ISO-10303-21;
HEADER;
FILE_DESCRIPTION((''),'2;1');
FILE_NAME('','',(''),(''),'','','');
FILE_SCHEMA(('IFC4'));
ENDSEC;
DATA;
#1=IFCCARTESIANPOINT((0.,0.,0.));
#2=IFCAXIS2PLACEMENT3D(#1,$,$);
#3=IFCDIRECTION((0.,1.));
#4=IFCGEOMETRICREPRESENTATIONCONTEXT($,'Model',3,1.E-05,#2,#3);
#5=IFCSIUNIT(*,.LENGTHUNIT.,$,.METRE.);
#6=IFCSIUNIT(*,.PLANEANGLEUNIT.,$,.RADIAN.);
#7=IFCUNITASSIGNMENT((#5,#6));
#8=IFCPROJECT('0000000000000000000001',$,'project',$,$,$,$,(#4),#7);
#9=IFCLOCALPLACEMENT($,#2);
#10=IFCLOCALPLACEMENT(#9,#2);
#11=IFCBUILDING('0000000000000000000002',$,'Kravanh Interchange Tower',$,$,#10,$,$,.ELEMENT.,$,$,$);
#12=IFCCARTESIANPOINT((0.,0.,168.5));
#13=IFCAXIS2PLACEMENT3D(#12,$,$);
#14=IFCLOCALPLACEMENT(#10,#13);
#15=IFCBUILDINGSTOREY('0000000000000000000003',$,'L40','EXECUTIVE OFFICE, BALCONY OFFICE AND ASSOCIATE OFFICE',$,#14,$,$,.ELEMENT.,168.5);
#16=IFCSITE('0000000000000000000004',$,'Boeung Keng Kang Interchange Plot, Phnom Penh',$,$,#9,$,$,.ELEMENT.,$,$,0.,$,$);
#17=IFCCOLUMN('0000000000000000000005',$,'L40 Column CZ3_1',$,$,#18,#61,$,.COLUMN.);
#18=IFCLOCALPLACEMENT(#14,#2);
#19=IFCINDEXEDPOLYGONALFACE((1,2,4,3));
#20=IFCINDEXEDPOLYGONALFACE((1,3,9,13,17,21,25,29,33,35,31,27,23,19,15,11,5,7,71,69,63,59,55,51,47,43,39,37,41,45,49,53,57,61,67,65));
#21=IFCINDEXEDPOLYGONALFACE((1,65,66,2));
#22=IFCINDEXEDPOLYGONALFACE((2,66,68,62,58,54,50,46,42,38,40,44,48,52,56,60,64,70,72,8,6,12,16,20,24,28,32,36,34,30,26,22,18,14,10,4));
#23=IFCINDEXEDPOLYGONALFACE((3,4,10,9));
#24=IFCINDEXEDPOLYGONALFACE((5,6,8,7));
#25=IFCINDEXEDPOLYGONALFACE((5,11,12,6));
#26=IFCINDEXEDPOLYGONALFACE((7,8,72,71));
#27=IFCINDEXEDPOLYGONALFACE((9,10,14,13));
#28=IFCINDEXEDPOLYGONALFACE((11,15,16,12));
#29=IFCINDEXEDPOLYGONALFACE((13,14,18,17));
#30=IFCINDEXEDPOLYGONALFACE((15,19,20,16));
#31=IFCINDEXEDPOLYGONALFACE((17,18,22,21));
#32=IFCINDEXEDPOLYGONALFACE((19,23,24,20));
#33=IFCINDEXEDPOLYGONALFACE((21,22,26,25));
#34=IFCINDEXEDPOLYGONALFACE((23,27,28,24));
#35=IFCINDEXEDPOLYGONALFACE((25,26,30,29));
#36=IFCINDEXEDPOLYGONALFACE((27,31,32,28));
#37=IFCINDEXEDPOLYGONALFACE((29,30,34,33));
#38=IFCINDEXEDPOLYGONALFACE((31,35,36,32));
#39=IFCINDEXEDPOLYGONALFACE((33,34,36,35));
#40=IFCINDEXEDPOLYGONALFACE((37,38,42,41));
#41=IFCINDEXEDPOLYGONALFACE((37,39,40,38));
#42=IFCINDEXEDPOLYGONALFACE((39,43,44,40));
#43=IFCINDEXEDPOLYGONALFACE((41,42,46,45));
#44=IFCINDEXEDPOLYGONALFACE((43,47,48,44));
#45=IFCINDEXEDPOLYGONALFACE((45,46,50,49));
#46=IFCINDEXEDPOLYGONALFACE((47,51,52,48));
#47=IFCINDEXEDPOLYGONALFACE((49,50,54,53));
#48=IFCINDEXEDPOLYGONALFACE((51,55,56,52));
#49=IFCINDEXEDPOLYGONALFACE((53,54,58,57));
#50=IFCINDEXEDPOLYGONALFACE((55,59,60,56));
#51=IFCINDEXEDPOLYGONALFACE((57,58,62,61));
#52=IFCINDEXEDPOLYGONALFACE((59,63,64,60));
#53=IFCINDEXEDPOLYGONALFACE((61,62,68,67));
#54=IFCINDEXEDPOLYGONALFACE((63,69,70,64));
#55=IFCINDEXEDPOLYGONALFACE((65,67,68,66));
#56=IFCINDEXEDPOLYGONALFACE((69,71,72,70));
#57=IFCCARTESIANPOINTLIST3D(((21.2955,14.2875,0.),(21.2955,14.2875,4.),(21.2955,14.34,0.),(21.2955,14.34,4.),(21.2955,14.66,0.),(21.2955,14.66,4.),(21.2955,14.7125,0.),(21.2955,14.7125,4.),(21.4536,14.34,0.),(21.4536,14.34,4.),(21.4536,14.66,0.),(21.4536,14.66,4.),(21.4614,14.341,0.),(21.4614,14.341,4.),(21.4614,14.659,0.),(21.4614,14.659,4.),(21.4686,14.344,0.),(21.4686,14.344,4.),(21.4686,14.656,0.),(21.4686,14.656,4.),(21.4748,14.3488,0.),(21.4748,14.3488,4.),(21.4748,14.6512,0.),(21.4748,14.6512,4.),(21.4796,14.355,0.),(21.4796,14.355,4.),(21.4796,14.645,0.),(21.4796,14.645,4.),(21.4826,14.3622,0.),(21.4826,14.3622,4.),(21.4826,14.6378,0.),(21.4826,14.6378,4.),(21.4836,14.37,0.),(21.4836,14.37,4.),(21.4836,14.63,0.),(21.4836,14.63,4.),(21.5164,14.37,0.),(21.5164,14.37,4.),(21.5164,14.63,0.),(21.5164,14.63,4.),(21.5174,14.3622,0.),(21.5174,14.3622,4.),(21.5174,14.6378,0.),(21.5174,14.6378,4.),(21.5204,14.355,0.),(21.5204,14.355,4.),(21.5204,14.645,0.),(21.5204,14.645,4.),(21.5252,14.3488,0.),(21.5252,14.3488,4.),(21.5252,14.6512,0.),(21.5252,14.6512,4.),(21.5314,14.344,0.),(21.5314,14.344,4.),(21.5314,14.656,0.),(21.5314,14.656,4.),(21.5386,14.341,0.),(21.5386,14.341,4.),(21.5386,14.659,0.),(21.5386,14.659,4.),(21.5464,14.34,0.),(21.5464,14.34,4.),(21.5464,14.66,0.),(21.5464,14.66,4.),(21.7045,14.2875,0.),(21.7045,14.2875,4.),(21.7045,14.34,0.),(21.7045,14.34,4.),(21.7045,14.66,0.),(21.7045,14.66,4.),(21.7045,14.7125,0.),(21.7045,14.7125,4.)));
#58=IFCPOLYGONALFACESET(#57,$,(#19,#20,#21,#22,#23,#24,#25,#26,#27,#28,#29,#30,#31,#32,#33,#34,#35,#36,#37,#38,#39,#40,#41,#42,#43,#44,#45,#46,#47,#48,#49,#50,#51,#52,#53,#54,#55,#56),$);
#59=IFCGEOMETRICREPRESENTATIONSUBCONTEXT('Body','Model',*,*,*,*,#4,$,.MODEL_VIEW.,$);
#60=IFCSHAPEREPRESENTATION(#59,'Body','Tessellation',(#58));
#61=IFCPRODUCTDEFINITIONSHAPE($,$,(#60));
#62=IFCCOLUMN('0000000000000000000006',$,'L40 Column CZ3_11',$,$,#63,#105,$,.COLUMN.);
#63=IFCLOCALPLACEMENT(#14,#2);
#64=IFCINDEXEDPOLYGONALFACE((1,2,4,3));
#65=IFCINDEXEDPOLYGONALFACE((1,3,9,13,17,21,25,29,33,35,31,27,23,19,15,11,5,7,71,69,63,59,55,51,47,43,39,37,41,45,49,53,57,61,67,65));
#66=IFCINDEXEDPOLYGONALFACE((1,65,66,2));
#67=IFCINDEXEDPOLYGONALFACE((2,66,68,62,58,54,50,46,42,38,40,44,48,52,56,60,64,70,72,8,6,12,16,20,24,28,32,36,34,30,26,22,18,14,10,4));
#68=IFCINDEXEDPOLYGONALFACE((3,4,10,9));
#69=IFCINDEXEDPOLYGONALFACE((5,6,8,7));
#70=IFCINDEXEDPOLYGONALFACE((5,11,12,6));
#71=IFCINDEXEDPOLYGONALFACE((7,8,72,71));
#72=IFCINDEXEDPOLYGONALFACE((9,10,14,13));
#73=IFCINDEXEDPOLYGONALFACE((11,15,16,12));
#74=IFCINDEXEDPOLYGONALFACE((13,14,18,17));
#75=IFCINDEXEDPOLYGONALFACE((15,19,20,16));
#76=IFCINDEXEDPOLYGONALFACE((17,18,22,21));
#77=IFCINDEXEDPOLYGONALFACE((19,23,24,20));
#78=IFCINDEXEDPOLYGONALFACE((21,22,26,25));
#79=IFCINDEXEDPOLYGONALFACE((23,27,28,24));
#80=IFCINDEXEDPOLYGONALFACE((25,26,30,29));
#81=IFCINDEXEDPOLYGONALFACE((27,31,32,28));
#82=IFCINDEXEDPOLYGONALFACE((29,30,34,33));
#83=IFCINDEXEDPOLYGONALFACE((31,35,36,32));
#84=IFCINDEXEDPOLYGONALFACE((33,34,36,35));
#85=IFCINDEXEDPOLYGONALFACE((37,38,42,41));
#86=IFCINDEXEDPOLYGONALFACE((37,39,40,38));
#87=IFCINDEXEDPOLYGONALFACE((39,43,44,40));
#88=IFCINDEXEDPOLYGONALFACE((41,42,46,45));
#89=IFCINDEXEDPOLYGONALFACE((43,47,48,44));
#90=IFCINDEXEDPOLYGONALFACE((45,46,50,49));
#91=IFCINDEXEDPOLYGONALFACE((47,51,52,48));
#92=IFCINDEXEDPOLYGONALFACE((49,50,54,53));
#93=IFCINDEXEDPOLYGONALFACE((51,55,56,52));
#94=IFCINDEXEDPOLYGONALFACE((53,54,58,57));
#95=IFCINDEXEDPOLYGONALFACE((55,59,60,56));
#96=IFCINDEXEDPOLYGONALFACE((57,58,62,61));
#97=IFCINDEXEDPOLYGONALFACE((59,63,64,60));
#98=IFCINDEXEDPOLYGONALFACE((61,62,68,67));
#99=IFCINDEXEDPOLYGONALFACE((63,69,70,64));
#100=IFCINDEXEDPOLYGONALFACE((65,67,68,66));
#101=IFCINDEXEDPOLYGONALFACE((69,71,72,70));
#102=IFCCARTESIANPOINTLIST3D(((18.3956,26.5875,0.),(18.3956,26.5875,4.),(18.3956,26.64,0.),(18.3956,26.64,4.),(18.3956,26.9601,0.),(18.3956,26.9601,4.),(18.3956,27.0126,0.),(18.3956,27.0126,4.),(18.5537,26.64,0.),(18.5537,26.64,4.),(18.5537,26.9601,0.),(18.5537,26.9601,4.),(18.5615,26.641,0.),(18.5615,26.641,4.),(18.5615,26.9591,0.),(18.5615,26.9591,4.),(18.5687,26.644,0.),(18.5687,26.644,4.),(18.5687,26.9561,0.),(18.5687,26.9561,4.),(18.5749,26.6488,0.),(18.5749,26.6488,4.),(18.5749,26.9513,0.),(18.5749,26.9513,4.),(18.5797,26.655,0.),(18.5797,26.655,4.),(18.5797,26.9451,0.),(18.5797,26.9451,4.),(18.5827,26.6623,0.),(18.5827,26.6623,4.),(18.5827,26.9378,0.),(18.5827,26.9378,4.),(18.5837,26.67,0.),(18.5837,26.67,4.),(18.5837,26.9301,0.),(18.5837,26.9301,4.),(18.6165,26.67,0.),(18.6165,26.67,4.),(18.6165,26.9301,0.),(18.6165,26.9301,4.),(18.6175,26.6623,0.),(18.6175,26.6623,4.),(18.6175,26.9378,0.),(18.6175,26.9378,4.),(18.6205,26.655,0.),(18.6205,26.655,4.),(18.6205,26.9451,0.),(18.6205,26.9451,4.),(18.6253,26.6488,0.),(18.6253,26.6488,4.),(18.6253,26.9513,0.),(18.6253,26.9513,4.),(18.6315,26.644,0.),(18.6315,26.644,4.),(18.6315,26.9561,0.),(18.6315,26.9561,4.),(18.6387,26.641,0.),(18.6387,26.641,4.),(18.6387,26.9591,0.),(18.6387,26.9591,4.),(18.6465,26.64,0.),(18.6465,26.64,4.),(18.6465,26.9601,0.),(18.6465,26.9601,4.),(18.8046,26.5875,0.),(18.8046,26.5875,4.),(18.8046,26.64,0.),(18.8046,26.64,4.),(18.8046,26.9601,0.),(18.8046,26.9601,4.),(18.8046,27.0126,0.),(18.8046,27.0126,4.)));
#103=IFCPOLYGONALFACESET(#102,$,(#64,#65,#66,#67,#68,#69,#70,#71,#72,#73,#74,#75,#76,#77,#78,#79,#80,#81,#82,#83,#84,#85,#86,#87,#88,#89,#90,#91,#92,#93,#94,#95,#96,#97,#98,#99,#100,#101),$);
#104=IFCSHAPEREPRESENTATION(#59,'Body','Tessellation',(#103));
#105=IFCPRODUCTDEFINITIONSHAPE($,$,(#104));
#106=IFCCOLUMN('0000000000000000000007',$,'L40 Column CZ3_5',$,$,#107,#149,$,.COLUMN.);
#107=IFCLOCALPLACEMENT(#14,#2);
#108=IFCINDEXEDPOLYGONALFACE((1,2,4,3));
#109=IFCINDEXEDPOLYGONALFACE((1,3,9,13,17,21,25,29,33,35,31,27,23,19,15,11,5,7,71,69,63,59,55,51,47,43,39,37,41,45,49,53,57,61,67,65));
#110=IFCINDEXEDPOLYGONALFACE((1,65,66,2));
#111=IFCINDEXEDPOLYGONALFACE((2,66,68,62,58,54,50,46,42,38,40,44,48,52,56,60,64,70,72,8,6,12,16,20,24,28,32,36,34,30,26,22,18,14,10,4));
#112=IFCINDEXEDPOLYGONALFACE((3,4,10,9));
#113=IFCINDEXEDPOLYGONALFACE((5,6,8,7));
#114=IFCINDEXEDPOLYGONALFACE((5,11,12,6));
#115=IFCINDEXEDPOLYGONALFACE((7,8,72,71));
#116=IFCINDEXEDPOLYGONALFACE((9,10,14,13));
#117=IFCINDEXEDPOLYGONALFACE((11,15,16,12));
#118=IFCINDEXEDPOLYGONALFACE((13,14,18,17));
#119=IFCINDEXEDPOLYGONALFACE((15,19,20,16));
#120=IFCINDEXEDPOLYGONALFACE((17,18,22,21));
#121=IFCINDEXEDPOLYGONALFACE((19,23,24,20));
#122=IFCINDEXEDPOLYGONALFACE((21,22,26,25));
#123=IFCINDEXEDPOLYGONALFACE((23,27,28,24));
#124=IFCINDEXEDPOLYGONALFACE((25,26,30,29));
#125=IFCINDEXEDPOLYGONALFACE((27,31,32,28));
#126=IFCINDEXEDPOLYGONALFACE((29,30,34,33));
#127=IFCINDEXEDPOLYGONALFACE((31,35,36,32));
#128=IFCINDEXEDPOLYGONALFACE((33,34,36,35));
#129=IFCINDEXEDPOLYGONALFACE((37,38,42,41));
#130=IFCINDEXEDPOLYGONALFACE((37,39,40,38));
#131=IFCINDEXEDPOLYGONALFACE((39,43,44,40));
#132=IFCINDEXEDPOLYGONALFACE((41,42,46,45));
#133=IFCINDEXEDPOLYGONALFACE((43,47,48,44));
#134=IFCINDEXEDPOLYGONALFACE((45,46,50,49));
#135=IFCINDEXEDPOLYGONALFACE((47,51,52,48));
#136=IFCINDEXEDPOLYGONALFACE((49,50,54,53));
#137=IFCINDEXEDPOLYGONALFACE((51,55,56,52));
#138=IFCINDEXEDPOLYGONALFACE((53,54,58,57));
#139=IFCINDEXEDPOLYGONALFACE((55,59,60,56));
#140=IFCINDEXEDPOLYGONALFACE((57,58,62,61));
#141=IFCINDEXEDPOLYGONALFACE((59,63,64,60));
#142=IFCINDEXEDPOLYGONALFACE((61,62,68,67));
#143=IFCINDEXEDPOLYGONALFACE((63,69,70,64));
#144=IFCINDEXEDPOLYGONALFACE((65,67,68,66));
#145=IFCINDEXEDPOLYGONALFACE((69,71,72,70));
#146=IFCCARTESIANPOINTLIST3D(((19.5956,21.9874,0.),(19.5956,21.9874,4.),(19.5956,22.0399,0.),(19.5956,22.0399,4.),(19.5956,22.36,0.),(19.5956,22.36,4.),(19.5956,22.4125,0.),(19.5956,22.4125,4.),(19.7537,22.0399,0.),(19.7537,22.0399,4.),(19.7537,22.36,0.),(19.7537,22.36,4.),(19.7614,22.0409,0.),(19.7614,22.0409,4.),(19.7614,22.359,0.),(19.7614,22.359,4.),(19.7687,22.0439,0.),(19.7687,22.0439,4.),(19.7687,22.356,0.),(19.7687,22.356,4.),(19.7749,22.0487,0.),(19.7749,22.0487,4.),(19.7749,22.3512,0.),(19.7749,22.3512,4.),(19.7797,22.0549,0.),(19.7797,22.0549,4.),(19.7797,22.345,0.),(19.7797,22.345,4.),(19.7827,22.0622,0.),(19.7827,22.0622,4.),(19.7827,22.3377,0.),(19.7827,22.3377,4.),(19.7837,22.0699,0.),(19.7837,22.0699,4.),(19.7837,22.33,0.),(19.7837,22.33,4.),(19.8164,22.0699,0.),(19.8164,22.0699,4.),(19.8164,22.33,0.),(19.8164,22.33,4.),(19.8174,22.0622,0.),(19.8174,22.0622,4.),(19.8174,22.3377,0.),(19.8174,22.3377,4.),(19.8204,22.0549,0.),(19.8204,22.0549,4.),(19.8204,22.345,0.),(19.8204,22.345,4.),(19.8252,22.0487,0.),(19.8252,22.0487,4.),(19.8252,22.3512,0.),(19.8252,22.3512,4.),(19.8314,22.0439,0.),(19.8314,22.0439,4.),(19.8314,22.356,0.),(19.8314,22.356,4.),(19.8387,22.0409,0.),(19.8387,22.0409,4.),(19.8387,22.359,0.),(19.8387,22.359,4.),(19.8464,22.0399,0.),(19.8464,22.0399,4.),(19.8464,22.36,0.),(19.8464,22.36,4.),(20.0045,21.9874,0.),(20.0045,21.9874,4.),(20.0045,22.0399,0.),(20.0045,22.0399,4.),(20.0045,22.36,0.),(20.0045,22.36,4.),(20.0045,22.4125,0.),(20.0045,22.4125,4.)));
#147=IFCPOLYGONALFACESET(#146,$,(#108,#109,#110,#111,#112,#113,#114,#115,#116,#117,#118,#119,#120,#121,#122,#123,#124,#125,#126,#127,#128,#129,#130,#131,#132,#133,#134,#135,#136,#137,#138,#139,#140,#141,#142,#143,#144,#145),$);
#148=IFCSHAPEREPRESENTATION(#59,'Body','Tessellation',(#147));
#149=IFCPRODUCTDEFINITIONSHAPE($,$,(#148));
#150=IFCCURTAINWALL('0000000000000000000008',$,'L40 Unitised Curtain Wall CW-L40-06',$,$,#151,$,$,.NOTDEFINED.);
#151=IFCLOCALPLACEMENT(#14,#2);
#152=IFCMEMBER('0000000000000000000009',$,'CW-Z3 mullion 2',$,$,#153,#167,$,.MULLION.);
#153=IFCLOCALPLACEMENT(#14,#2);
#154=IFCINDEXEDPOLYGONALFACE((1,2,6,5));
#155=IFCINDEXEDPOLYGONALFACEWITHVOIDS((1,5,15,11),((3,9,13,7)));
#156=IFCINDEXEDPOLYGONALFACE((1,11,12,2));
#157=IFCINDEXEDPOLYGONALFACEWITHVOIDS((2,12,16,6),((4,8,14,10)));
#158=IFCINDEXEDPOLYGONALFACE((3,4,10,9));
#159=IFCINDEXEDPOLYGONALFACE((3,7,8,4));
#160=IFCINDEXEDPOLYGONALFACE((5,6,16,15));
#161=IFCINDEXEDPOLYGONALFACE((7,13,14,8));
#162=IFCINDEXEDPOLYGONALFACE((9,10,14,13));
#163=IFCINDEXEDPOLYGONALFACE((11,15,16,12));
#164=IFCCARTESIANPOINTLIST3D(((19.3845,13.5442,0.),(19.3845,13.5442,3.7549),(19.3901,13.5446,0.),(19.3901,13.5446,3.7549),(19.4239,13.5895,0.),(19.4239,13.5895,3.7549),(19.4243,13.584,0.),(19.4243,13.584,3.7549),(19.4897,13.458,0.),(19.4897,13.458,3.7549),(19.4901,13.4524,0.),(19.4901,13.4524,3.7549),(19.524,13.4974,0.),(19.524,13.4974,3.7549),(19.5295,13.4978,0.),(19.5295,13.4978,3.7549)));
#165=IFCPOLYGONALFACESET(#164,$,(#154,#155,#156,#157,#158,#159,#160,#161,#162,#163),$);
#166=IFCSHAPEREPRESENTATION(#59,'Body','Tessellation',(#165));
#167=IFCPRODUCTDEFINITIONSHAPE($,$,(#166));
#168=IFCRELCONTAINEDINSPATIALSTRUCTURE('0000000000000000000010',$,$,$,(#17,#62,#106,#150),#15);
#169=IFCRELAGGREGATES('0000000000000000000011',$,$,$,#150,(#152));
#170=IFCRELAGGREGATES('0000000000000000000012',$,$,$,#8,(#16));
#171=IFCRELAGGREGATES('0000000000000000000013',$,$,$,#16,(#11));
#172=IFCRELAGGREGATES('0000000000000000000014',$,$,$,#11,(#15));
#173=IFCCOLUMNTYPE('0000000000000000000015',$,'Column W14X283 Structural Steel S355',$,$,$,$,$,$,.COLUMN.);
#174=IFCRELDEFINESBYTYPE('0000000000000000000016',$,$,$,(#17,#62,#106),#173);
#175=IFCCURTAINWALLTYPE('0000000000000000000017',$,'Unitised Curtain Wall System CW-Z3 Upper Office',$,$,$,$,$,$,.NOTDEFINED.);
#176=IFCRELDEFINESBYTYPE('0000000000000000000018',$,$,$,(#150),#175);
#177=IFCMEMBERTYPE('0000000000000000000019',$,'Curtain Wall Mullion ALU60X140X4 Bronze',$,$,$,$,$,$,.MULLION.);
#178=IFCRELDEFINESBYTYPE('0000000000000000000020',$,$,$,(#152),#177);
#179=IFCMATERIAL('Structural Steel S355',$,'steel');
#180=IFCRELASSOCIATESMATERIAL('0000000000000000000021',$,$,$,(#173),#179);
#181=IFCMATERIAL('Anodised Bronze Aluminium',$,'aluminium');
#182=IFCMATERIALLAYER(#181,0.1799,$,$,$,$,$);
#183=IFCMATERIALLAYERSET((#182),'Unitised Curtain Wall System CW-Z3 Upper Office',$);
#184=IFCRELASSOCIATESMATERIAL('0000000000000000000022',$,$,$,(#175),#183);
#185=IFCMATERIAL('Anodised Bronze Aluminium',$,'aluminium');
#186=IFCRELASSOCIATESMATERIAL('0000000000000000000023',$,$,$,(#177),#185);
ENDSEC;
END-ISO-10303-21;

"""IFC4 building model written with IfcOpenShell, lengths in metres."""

from ifc_helpers import new_model, si_unit, direction, frame, origin, origin_2d, place, context, subcontext, project, spatial, hollow_rectangle, i_section, extrude, material, layer, layer_set, material_profile, profile_set, type_object, element, aggregate, save


model = new_model("IFC4")

# Units and contexts
model_context = context("Model", 3, precision=1e-05, world=origin(), true_north=direction((0.0, 1.0)))
body_context = subcontext(model_context, "Body", "Model", "MODEL_VIEW")
ifc_project = project(units=[si_unit("LENGTHUNIT", "METRE"), si_unit("PLANEANGLEUNIT", "RADIAN")], contexts=[model_context])

# Site, building, storey
site_placement = place(None, origin())
site = spatial("IfcSite", under=ifc_project, at=site_placement, Name="Boeung Keng Kang Interchange Plot, Phnom Penh", CompositionType="ELEMENT", RefElevation=0.0)
building_placement = place(site_placement, origin())
building = spatial("IfcBuilding", under=site, at=building_placement, Name="Kravanh Interchange Tower", CompositionType="ELEMENT")
storey_placement = place(building_placement, frame((0.0, 0.0, 168.5)))
storey = spatial("IfcBuildingStorey", under=building, at=storey_placement, Name="L40", Description="EXECUTIVE OFFICE, BALCONY OFFICE AND ASSOCIATE OFFICE", CompositionType="ELEMENT", Elevation=168.5)

# Columns
ifc_material_1 = material(Name="Structural Steel S355", Category="steel")
ifc_material_profile_1 = material_profile(ifc_material_1, i_section(OverallWidth=0.4089, OverallDepth=0.425, WebThickness=0.0327, FlangeThickness=0.0525, FilletRadius=0.03, at=origin_2d()), Name="W14X283")
ifc_profile_set_1 = profile_set([ifc_material_profile_1], Name="Structural Steel S355")
column_type = type_object("IfcColumnType", Name="Column W14X283 Structural Steel S355", PredefinedType="COLUMN", material=ifc_profile_set_1)
for number, where, z_axis, x_axis, name in (
    (1, (21.5, 14.5, 0.0), (0.0, 0.0, 1.0), (1.0, 0.0, 0.0), "L40 Column CZ3_1"),
    (2, (18.6001, 26.8, 0.0), (0.0, 0.0, 1.0), (1.0, 0.0, 0.0), "L40 Column CZ3_11"),
    (3, (19.8, 22.2, 0.0), (0.0, 0.0, 1.0), (1.0, 0.0, 0.0), "L40 Column CZ3_5"),
):
    element("IfcColumn", number, at=place(storey_placement, frame(where, z_axis=z_axis, x_axis=x_axis)), inside=storey, type_object=column_type, Name=name, PredefinedType="COLUMN", context=body_context, shape_type="SweptSolid", body=[
        extrude(i_section(OverallWidth=0.4089, OverallDepth=0.425, WebThickness=0.0327, FlangeThickness=0.0525, FilletRadius=0.03, at=origin_2d()), origin(), (0.0, 0.0, 1.0), 4.0),
    ])

# Curtain wall, member
ifc_material_2 = material(Name="Anodised Bronze Aluminium", Category="aluminium")
ifc_layer_1 = layer(ifc_material_2, 0.1799)
ifc_layer_set_1 = layer_set([ifc_layer_1], Name="Unitised Curtain Wall System CW-Z3 Upper Office")
curtain_wall_type = type_object("IfcCurtainWallType", Name="Unitised Curtain Wall System CW-Z3 Upper Office", PredefinedType="NOTDEFINED", material=ifc_layer_set_1)
curtain_wall_placement = place(storey_placement, origin())
curtain_wall = element("IfcCurtainWall", 4, at=curtain_wall_placement, inside=storey, type_object=curtain_wall_type, Name="L40 Unitised Curtain Wall CW-L40-06", PredefinedType="NOTDEFINED")
ifc_material_3 = material(Name="Anodised Bronze Aluminium", Category="aluminium")
ifc_material_profile_2 = material_profile(ifc_material_3, hollow_rectangle(XDim=0.0601, YDim=0.1399, WallThickness=0.0039, at=origin_2d()), Name="ALU60X140X4")
ifc_profile_set_2 = profile_set([ifc_material_profile_2], Name="Anodised Bronze Aluminium")
member_type = type_object("IfcMemberType", Name="Curtain Wall Mullion ALU60X140X4 Bronze", PredefinedType="MULLION", material=ifc_profile_set_2)
member_placement = place(storey_placement, frame((19.457, 13.521, 0.0), z_axis=(0.0, 0.0, 1.0), x_axis=(-0.656051, -0.754717, 0.0)))
member = element("IfcMember", 5, at=member_placement, type_object=member_type, Name="CW-Z3 mullion 2", PredefinedType="MULLION", context=body_context, shape_type="SweptSolid", body=[
    extrude(hollow_rectangle(XDim=0.0601, YDim=0.1399, WallThickness=0.0039, at=origin_2d()), origin(), (0.0, 0.0, 1.0), 3.7549),
])
aggregate(curtain_wall, [member])

save(model, "model.ifc")
